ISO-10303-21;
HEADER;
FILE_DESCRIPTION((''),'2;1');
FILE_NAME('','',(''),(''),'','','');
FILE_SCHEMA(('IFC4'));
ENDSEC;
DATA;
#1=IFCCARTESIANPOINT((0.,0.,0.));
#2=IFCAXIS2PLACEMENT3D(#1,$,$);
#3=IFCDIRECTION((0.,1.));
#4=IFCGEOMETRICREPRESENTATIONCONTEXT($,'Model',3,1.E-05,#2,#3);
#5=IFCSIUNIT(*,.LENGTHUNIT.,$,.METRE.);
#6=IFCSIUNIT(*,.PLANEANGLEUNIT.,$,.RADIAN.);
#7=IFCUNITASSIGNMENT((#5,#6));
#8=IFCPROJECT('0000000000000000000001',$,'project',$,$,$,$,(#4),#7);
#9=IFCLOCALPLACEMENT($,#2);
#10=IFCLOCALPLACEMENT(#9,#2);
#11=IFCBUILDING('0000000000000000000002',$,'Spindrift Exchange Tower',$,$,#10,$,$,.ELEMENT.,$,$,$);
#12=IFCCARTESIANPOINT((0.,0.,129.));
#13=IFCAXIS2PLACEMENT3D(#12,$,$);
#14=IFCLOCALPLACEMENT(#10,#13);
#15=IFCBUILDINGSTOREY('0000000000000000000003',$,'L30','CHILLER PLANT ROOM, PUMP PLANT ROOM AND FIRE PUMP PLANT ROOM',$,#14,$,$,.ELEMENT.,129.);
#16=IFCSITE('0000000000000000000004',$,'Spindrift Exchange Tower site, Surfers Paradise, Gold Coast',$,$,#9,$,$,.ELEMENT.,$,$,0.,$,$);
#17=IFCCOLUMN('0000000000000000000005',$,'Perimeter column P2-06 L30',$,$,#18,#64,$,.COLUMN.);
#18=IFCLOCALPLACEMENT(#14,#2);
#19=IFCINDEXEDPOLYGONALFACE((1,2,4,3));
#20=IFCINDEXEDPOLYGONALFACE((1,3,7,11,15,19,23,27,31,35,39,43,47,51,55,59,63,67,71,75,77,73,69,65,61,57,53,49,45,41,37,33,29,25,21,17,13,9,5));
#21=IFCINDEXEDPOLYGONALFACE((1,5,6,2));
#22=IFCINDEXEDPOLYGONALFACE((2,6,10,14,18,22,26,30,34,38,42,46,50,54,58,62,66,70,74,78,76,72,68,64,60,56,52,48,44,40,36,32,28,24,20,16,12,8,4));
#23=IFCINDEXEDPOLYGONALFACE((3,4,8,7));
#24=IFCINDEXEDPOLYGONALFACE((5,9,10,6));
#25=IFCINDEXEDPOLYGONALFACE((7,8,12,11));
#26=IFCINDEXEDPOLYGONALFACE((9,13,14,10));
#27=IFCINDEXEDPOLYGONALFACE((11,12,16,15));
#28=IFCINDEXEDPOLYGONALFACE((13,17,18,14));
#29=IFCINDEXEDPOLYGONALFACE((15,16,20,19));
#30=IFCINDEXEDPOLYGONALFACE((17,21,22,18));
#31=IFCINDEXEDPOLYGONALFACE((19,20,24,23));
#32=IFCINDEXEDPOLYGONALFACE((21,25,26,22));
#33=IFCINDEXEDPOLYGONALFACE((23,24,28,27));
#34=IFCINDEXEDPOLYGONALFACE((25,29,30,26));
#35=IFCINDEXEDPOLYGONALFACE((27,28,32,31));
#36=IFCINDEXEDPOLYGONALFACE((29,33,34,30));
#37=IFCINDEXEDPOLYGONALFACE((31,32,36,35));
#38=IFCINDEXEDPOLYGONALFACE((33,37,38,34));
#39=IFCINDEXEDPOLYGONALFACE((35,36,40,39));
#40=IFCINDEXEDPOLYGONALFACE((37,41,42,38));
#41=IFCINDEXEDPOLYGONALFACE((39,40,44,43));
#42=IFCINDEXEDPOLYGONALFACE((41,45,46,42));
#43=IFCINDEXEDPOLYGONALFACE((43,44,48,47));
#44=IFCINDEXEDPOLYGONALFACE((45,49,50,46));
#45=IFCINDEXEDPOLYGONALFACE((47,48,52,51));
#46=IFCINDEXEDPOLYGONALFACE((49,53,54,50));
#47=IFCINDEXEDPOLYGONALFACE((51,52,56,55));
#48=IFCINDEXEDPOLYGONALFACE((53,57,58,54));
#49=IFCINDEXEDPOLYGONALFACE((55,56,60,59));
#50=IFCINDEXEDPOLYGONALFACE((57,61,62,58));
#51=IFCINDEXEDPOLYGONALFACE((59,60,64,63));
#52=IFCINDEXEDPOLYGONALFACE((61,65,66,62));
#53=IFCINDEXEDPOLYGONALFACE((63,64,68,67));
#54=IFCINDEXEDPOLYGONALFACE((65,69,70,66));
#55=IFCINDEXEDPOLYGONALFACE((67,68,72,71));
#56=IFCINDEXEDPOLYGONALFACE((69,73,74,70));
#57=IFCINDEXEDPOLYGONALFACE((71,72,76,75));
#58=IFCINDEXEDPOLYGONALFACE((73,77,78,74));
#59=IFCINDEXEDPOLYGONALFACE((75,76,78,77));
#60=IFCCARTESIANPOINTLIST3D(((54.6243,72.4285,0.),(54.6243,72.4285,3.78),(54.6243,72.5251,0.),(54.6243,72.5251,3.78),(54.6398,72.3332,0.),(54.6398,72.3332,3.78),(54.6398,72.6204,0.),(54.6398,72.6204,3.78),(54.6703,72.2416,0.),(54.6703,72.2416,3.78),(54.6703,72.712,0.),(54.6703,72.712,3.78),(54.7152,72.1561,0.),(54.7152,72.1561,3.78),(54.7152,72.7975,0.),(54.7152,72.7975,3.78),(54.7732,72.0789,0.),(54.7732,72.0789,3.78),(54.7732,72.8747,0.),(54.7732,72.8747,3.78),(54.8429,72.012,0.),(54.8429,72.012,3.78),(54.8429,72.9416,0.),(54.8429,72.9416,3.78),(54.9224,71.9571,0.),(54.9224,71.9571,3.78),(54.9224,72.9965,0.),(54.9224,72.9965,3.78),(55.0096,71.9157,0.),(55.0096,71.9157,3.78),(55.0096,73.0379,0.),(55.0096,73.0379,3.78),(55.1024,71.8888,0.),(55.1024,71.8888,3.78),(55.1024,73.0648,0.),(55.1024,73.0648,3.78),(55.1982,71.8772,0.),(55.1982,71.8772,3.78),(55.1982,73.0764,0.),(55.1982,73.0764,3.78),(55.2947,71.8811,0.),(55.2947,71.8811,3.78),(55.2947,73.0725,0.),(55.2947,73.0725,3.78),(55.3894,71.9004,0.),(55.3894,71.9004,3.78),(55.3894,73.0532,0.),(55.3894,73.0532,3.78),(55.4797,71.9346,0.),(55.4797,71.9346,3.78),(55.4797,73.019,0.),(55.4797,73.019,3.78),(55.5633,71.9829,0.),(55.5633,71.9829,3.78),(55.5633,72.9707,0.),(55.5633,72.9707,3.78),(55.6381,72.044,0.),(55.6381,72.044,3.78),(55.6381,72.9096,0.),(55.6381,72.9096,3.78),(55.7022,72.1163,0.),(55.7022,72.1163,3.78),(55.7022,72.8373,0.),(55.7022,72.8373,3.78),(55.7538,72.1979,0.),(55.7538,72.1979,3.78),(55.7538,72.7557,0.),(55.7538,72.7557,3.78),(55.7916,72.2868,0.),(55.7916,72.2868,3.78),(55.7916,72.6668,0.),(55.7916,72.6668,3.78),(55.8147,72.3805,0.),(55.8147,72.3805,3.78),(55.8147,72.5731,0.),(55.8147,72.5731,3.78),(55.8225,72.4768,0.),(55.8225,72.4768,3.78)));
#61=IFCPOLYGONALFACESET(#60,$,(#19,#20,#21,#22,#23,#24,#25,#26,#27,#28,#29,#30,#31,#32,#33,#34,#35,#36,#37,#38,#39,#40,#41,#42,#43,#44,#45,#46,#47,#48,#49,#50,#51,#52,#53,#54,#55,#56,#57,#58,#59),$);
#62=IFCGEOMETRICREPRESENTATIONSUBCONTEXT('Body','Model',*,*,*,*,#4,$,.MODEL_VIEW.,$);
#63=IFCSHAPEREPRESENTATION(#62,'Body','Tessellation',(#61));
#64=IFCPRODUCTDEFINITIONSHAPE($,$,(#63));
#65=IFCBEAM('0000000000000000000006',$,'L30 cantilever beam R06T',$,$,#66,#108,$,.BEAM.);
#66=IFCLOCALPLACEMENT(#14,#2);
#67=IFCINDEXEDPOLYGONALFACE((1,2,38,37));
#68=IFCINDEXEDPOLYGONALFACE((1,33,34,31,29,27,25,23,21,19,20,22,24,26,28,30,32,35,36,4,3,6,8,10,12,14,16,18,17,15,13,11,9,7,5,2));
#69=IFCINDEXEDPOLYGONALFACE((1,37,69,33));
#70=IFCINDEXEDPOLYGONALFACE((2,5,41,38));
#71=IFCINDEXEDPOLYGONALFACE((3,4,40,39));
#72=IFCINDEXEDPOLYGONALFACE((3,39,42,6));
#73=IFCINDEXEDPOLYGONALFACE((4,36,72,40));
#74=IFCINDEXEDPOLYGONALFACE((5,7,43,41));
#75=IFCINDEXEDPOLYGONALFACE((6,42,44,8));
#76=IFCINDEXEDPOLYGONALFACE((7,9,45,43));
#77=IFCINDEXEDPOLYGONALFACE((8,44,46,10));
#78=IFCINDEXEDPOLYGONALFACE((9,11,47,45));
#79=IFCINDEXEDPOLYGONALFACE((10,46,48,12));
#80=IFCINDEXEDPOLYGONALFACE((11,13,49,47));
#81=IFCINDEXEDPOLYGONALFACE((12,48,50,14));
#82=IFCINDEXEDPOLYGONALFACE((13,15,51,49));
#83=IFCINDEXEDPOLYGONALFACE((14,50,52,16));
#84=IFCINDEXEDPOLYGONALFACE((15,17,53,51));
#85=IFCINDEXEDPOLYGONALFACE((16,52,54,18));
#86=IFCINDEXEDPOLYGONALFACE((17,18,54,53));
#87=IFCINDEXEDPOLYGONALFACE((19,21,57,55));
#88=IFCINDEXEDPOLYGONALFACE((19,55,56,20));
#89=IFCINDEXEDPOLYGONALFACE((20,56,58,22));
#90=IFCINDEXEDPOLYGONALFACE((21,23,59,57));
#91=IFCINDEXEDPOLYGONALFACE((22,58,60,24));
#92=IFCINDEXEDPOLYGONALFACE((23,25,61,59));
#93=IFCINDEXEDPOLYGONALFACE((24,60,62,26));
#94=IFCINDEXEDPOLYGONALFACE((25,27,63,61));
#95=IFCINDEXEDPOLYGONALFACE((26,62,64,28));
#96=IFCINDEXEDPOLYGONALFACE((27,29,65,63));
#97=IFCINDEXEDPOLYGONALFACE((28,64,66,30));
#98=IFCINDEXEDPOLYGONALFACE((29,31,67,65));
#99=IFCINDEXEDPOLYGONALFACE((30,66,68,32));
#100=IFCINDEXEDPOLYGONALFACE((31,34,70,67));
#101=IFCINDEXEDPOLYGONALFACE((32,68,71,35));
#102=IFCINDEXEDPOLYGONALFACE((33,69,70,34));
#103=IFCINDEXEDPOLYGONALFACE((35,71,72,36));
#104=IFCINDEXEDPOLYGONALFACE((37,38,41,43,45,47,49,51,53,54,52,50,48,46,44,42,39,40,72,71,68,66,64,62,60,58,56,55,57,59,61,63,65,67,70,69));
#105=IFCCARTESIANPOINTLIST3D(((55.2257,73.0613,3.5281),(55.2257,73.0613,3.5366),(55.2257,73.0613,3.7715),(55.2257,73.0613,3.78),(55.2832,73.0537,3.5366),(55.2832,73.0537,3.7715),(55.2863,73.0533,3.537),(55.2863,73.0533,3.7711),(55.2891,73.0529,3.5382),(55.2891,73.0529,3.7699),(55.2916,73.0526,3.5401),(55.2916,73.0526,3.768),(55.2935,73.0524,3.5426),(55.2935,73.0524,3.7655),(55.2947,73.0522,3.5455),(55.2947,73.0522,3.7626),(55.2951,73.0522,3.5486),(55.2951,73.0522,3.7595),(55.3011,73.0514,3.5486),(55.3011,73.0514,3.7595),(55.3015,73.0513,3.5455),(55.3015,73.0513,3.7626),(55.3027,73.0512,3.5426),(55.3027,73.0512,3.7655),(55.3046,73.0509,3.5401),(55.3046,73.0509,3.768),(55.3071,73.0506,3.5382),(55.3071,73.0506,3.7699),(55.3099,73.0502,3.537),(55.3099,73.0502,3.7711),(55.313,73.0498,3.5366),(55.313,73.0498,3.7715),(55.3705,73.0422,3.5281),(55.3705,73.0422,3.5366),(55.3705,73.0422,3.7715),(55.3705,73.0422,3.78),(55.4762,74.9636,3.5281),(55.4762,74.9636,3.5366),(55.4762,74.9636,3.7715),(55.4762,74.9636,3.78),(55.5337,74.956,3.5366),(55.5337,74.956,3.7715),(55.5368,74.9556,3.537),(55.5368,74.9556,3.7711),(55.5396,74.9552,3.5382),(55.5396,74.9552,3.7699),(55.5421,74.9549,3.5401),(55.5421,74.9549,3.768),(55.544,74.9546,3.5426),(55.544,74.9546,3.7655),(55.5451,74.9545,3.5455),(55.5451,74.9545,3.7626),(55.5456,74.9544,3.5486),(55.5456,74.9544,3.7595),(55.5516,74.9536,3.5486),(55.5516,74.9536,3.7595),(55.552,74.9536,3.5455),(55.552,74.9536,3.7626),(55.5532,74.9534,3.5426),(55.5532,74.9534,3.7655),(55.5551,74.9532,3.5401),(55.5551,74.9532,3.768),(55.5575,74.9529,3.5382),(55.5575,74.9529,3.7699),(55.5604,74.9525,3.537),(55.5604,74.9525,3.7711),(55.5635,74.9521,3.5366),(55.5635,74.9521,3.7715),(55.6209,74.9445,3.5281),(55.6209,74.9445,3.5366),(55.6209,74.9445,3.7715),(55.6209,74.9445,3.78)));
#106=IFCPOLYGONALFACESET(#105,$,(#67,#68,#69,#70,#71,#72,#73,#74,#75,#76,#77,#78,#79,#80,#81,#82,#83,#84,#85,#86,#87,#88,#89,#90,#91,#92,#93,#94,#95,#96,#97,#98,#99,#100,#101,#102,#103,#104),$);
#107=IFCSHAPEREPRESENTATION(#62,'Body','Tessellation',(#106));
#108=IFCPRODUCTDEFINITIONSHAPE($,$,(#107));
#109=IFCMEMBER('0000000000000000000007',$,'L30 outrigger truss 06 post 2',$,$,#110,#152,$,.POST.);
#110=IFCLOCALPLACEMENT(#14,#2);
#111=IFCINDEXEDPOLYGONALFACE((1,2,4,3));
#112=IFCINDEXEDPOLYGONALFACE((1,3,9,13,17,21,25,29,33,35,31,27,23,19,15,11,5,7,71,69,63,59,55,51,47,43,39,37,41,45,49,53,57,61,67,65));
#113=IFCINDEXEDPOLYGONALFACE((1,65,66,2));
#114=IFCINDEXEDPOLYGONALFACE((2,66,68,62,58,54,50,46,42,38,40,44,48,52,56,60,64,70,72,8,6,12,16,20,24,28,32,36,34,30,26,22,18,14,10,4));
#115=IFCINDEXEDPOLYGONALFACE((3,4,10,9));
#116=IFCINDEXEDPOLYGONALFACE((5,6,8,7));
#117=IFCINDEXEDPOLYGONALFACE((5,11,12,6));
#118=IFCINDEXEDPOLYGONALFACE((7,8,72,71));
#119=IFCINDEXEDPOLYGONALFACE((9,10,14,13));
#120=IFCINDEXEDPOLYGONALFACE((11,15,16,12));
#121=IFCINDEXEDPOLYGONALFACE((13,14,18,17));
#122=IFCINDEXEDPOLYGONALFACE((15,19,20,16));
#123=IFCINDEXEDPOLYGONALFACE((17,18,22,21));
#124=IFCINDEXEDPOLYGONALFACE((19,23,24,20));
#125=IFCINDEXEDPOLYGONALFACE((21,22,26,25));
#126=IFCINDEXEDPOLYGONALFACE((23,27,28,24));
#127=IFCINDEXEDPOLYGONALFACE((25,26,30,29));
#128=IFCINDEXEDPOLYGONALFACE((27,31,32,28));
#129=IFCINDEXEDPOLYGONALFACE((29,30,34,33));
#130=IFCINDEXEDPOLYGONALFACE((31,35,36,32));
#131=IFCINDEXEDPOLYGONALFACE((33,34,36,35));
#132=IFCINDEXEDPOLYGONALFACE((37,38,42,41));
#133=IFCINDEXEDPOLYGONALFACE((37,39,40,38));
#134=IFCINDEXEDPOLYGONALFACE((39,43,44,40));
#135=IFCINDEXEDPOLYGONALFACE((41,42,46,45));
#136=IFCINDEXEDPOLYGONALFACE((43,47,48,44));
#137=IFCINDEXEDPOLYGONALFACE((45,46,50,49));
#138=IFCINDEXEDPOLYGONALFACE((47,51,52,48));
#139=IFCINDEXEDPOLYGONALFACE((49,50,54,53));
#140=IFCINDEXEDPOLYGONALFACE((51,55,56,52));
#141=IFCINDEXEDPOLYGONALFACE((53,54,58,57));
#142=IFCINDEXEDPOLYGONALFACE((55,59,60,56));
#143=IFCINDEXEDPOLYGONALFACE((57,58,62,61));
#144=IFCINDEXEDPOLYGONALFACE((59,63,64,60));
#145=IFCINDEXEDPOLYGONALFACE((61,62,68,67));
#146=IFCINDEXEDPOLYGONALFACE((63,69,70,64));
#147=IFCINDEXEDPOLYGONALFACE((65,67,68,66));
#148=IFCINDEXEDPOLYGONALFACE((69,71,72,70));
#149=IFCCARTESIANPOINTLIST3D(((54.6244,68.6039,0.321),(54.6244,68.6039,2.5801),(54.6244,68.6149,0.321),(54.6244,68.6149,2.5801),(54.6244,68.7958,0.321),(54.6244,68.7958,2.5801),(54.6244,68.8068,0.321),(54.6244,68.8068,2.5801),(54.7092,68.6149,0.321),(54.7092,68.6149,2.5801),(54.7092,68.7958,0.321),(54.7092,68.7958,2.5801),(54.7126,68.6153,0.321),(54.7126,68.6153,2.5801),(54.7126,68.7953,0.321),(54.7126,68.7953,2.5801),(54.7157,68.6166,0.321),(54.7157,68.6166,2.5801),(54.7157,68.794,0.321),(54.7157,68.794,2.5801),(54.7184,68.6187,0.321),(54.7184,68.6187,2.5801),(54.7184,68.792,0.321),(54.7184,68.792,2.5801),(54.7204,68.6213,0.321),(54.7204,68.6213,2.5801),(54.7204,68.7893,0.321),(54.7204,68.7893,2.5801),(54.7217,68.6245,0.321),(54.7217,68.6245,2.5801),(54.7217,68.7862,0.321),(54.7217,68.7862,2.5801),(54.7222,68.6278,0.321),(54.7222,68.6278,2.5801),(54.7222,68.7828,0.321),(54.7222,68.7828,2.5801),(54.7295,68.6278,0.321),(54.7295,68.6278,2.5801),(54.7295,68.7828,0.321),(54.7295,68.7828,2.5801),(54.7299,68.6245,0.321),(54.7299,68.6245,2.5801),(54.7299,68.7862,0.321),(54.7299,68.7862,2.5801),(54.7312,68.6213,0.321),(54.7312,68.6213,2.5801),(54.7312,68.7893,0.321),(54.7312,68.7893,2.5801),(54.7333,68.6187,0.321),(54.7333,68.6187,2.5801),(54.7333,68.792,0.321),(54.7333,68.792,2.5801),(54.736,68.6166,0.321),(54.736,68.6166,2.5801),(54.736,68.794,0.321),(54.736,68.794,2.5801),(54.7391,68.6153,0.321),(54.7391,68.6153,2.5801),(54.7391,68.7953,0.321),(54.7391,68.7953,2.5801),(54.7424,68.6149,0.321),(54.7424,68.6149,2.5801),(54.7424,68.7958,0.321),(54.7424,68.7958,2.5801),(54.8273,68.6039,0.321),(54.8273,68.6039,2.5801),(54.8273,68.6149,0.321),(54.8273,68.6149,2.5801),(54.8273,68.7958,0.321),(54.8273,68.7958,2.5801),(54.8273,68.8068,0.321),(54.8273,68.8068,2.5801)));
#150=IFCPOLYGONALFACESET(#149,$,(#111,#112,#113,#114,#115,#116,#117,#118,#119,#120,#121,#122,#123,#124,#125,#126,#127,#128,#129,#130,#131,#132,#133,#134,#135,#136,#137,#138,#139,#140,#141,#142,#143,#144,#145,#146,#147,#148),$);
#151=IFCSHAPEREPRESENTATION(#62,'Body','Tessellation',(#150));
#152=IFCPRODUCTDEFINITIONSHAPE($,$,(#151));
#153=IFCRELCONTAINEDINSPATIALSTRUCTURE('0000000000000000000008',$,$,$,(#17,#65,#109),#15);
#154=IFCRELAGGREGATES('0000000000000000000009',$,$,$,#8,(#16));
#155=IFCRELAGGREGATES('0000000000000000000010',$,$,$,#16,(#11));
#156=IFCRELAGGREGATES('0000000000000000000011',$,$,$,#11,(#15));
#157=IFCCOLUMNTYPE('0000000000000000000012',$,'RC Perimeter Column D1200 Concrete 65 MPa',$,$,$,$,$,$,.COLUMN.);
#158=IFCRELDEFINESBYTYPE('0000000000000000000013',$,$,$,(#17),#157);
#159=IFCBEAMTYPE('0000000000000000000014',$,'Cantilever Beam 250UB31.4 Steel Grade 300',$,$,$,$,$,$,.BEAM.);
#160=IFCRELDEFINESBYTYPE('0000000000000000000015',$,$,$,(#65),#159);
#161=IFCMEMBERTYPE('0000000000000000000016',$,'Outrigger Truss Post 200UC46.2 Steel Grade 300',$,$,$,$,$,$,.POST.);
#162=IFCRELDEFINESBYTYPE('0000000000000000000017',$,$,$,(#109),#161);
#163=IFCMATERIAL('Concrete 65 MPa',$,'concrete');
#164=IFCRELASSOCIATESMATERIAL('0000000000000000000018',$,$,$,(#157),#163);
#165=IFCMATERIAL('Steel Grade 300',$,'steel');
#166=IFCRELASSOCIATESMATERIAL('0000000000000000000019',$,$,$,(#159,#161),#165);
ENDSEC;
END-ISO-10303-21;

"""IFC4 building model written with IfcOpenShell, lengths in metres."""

from ifc_helpers import new_model, si_unit, direction, frame, origin, origin_2d, place, context, subcontext, project, spatial, circle, i_section, extrude, source, transform, mapped, material, material_profile, profile_set, type_object, element, save


model = new_model("IFC4")

# Units and contexts
model_context = context("Model", 3, precision=1e-05, world=origin(), true_north=direction((0.0, 1.0)))
body_context = subcontext(model_context, "Body", "Model", "MODEL_VIEW")
ifc_project = project(units=[si_unit("LENGTHUNIT", "METRE"), si_unit("PLANEANGLEUNIT", "RADIAN")], contexts=[model_context])

# Site, building, storey
site_placement = place(None, origin())
site = spatial("IfcSite", under=ifc_project, at=site_placement, Name="Spindrift Exchange Tower site, Surfers Paradise, Gold Coast", CompositionType="ELEMENT", RefElevation=0.0)
building_placement = place(site_placement, origin())
building = spatial("IfcBuilding", under=site, at=building_placement, Name="Spindrift Exchange Tower", CompositionType="ELEMENT")
storey_placement = place(building_placement, frame((0.0, 0.0, 129.0)))
storey = spatial("IfcBuildingStorey", under=building, at=storey_placement, Name="L30", Description="CHILLER PLANT ROOM, PUMP PLANT ROOM AND FIRE PUMP PLANT ROOM", CompositionType="ELEMENT", Elevation=129.0)

# Column
ifc_material_1 = material(Name="Concrete 65 MPa", Category="concrete")
ifc_material_profile_1 = material_profile(ifc_material_1, circle(Radius=0.6001, at=origin_2d()), Name="RC D1200")
ifc_profile_set_1 = profile_set([ifc_material_profile_1], Name="Concrete 65 MPa")
column_type = type_object("IfcColumnType", Name="RC Perimeter Column D1200 Concrete 65 MPa", PredefinedType="COLUMN", material=ifc_profile_set_1)
shared_shape_1 = source(origin(), body_context, "Body", "SweptSolid", [
    extrude(circle(Radius=0.6001, at=origin_2d()), origin(), (0.0, 0.0, 1.0), 3.78),
])
column_placement = place(storey_placement, frame((55.2224, 72.4768, 0.0), z_axis=(0.0, 0.0, 1.0), x_axis=(1.0, 0.0, 0.0)))
element("IfcColumn", 1, at=column_placement, inside=storey, type_object=column_type, Name="Perimeter column P2-06 L30", PredefinedType="COLUMN", context=body_context, shape_type="MappedRepresentation", body=[
    mapped(shared_shape_1, transform((0.0, 0.0, 0.0), scale=1.0)),
])

# Beam
ifc_material_2 = material(Name="Steel Grade 300", Category="steel")
ifc_material_profile_2 = material_profile(ifc_material_2, i_section(OverallWidth=0.146, OverallDepth=0.252, WebThickness=0.0061, FlangeThickness=0.0085, FilletRadius=0.012, at=origin_2d()), Name="250UB31.4")
ifc_profile_set_2 = profile_set([ifc_material_profile_2], Name="Steel Grade 300")
beam_type_1 = type_object("IfcBeamType", Name="Cantilever Beam 250UB31.4 Steel Grade 300", PredefinedType="BEAM", material=ifc_profile_set_2)
shared_shape_2 = source(origin(), body_context, "Body", "SweptSolid", [
    extrude(i_section(OverallWidth=0.146, OverallDepth=0.252, WebThickness=0.0061, FlangeThickness=0.0085, FilletRadius=0.012, at=origin_2d()), origin(), (0.0, 0.0, 1.0), 1.9187),
])
beam_1_placement = place(storey_placement, frame((55.2981, 73.0518, 3.6541), z_axis=(0.130547, 0.991442, 0.0), x_axis=(-0.991442, 0.130547, 0.0)))
element("IfcBeam", 2, at=beam_1_placement, inside=storey, type_object=beam_type_1, Name="L30 cantilever beam R06T", PredefinedType="BEAM", context=body_context, shape_type="MappedRepresentation", body=[
    mapped(shared_shape_2, transform((0.0, 0.0, 0.0), scale=1.0)),
])

# Member
ifc_material_profile_3 = material_profile(ifc_material_2, i_section(OverallWidth=0.2029, OverallDepth=0.2029, WebThickness=0.0073, FlangeThickness=0.011, FilletRadius=0.0129, at=origin_2d()), Name="200UC46.2")
ifc_profile_set_3 = profile_set([ifc_material_profile_3], Name="Steel Grade 300")
member_type_1 = type_object("IfcMemberType", Name="Outrigger Truss Post 200UC46.2 Steel Grade 300", PredefinedType="POST", material=ifc_profile_set_3)
shared_shape_3 = source(origin(), body_context, "Body", "SweptSolid", [
    extrude(i_section(OverallWidth=0.2029, OverallDepth=0.2029, WebThickness=0.0073, FlangeThickness=0.011, FilletRadius=0.0129, at=origin_2d()), origin(), (0.0, 0.0, 1.0), 2.259),
])
member_1_placement = place(storey_placement, frame((54.7258, 68.7053, 0.321), z_axis=(0.0, 0.0, 1.0), x_axis=(1.0, 0.0, 0.0)))
element("IfcMember", 3, at=member_1_placement, inside=storey, type_object=member_type_1, Name="L30 outrigger truss 06 post 2", PredefinedType="POST", context=body_context, shape_type="MappedRepresentation", body=[
    mapped(shared_shape_3, transform((0.0, 0.0, 0.0), scale=1.0)),
])

save(model, "model.ifc")
